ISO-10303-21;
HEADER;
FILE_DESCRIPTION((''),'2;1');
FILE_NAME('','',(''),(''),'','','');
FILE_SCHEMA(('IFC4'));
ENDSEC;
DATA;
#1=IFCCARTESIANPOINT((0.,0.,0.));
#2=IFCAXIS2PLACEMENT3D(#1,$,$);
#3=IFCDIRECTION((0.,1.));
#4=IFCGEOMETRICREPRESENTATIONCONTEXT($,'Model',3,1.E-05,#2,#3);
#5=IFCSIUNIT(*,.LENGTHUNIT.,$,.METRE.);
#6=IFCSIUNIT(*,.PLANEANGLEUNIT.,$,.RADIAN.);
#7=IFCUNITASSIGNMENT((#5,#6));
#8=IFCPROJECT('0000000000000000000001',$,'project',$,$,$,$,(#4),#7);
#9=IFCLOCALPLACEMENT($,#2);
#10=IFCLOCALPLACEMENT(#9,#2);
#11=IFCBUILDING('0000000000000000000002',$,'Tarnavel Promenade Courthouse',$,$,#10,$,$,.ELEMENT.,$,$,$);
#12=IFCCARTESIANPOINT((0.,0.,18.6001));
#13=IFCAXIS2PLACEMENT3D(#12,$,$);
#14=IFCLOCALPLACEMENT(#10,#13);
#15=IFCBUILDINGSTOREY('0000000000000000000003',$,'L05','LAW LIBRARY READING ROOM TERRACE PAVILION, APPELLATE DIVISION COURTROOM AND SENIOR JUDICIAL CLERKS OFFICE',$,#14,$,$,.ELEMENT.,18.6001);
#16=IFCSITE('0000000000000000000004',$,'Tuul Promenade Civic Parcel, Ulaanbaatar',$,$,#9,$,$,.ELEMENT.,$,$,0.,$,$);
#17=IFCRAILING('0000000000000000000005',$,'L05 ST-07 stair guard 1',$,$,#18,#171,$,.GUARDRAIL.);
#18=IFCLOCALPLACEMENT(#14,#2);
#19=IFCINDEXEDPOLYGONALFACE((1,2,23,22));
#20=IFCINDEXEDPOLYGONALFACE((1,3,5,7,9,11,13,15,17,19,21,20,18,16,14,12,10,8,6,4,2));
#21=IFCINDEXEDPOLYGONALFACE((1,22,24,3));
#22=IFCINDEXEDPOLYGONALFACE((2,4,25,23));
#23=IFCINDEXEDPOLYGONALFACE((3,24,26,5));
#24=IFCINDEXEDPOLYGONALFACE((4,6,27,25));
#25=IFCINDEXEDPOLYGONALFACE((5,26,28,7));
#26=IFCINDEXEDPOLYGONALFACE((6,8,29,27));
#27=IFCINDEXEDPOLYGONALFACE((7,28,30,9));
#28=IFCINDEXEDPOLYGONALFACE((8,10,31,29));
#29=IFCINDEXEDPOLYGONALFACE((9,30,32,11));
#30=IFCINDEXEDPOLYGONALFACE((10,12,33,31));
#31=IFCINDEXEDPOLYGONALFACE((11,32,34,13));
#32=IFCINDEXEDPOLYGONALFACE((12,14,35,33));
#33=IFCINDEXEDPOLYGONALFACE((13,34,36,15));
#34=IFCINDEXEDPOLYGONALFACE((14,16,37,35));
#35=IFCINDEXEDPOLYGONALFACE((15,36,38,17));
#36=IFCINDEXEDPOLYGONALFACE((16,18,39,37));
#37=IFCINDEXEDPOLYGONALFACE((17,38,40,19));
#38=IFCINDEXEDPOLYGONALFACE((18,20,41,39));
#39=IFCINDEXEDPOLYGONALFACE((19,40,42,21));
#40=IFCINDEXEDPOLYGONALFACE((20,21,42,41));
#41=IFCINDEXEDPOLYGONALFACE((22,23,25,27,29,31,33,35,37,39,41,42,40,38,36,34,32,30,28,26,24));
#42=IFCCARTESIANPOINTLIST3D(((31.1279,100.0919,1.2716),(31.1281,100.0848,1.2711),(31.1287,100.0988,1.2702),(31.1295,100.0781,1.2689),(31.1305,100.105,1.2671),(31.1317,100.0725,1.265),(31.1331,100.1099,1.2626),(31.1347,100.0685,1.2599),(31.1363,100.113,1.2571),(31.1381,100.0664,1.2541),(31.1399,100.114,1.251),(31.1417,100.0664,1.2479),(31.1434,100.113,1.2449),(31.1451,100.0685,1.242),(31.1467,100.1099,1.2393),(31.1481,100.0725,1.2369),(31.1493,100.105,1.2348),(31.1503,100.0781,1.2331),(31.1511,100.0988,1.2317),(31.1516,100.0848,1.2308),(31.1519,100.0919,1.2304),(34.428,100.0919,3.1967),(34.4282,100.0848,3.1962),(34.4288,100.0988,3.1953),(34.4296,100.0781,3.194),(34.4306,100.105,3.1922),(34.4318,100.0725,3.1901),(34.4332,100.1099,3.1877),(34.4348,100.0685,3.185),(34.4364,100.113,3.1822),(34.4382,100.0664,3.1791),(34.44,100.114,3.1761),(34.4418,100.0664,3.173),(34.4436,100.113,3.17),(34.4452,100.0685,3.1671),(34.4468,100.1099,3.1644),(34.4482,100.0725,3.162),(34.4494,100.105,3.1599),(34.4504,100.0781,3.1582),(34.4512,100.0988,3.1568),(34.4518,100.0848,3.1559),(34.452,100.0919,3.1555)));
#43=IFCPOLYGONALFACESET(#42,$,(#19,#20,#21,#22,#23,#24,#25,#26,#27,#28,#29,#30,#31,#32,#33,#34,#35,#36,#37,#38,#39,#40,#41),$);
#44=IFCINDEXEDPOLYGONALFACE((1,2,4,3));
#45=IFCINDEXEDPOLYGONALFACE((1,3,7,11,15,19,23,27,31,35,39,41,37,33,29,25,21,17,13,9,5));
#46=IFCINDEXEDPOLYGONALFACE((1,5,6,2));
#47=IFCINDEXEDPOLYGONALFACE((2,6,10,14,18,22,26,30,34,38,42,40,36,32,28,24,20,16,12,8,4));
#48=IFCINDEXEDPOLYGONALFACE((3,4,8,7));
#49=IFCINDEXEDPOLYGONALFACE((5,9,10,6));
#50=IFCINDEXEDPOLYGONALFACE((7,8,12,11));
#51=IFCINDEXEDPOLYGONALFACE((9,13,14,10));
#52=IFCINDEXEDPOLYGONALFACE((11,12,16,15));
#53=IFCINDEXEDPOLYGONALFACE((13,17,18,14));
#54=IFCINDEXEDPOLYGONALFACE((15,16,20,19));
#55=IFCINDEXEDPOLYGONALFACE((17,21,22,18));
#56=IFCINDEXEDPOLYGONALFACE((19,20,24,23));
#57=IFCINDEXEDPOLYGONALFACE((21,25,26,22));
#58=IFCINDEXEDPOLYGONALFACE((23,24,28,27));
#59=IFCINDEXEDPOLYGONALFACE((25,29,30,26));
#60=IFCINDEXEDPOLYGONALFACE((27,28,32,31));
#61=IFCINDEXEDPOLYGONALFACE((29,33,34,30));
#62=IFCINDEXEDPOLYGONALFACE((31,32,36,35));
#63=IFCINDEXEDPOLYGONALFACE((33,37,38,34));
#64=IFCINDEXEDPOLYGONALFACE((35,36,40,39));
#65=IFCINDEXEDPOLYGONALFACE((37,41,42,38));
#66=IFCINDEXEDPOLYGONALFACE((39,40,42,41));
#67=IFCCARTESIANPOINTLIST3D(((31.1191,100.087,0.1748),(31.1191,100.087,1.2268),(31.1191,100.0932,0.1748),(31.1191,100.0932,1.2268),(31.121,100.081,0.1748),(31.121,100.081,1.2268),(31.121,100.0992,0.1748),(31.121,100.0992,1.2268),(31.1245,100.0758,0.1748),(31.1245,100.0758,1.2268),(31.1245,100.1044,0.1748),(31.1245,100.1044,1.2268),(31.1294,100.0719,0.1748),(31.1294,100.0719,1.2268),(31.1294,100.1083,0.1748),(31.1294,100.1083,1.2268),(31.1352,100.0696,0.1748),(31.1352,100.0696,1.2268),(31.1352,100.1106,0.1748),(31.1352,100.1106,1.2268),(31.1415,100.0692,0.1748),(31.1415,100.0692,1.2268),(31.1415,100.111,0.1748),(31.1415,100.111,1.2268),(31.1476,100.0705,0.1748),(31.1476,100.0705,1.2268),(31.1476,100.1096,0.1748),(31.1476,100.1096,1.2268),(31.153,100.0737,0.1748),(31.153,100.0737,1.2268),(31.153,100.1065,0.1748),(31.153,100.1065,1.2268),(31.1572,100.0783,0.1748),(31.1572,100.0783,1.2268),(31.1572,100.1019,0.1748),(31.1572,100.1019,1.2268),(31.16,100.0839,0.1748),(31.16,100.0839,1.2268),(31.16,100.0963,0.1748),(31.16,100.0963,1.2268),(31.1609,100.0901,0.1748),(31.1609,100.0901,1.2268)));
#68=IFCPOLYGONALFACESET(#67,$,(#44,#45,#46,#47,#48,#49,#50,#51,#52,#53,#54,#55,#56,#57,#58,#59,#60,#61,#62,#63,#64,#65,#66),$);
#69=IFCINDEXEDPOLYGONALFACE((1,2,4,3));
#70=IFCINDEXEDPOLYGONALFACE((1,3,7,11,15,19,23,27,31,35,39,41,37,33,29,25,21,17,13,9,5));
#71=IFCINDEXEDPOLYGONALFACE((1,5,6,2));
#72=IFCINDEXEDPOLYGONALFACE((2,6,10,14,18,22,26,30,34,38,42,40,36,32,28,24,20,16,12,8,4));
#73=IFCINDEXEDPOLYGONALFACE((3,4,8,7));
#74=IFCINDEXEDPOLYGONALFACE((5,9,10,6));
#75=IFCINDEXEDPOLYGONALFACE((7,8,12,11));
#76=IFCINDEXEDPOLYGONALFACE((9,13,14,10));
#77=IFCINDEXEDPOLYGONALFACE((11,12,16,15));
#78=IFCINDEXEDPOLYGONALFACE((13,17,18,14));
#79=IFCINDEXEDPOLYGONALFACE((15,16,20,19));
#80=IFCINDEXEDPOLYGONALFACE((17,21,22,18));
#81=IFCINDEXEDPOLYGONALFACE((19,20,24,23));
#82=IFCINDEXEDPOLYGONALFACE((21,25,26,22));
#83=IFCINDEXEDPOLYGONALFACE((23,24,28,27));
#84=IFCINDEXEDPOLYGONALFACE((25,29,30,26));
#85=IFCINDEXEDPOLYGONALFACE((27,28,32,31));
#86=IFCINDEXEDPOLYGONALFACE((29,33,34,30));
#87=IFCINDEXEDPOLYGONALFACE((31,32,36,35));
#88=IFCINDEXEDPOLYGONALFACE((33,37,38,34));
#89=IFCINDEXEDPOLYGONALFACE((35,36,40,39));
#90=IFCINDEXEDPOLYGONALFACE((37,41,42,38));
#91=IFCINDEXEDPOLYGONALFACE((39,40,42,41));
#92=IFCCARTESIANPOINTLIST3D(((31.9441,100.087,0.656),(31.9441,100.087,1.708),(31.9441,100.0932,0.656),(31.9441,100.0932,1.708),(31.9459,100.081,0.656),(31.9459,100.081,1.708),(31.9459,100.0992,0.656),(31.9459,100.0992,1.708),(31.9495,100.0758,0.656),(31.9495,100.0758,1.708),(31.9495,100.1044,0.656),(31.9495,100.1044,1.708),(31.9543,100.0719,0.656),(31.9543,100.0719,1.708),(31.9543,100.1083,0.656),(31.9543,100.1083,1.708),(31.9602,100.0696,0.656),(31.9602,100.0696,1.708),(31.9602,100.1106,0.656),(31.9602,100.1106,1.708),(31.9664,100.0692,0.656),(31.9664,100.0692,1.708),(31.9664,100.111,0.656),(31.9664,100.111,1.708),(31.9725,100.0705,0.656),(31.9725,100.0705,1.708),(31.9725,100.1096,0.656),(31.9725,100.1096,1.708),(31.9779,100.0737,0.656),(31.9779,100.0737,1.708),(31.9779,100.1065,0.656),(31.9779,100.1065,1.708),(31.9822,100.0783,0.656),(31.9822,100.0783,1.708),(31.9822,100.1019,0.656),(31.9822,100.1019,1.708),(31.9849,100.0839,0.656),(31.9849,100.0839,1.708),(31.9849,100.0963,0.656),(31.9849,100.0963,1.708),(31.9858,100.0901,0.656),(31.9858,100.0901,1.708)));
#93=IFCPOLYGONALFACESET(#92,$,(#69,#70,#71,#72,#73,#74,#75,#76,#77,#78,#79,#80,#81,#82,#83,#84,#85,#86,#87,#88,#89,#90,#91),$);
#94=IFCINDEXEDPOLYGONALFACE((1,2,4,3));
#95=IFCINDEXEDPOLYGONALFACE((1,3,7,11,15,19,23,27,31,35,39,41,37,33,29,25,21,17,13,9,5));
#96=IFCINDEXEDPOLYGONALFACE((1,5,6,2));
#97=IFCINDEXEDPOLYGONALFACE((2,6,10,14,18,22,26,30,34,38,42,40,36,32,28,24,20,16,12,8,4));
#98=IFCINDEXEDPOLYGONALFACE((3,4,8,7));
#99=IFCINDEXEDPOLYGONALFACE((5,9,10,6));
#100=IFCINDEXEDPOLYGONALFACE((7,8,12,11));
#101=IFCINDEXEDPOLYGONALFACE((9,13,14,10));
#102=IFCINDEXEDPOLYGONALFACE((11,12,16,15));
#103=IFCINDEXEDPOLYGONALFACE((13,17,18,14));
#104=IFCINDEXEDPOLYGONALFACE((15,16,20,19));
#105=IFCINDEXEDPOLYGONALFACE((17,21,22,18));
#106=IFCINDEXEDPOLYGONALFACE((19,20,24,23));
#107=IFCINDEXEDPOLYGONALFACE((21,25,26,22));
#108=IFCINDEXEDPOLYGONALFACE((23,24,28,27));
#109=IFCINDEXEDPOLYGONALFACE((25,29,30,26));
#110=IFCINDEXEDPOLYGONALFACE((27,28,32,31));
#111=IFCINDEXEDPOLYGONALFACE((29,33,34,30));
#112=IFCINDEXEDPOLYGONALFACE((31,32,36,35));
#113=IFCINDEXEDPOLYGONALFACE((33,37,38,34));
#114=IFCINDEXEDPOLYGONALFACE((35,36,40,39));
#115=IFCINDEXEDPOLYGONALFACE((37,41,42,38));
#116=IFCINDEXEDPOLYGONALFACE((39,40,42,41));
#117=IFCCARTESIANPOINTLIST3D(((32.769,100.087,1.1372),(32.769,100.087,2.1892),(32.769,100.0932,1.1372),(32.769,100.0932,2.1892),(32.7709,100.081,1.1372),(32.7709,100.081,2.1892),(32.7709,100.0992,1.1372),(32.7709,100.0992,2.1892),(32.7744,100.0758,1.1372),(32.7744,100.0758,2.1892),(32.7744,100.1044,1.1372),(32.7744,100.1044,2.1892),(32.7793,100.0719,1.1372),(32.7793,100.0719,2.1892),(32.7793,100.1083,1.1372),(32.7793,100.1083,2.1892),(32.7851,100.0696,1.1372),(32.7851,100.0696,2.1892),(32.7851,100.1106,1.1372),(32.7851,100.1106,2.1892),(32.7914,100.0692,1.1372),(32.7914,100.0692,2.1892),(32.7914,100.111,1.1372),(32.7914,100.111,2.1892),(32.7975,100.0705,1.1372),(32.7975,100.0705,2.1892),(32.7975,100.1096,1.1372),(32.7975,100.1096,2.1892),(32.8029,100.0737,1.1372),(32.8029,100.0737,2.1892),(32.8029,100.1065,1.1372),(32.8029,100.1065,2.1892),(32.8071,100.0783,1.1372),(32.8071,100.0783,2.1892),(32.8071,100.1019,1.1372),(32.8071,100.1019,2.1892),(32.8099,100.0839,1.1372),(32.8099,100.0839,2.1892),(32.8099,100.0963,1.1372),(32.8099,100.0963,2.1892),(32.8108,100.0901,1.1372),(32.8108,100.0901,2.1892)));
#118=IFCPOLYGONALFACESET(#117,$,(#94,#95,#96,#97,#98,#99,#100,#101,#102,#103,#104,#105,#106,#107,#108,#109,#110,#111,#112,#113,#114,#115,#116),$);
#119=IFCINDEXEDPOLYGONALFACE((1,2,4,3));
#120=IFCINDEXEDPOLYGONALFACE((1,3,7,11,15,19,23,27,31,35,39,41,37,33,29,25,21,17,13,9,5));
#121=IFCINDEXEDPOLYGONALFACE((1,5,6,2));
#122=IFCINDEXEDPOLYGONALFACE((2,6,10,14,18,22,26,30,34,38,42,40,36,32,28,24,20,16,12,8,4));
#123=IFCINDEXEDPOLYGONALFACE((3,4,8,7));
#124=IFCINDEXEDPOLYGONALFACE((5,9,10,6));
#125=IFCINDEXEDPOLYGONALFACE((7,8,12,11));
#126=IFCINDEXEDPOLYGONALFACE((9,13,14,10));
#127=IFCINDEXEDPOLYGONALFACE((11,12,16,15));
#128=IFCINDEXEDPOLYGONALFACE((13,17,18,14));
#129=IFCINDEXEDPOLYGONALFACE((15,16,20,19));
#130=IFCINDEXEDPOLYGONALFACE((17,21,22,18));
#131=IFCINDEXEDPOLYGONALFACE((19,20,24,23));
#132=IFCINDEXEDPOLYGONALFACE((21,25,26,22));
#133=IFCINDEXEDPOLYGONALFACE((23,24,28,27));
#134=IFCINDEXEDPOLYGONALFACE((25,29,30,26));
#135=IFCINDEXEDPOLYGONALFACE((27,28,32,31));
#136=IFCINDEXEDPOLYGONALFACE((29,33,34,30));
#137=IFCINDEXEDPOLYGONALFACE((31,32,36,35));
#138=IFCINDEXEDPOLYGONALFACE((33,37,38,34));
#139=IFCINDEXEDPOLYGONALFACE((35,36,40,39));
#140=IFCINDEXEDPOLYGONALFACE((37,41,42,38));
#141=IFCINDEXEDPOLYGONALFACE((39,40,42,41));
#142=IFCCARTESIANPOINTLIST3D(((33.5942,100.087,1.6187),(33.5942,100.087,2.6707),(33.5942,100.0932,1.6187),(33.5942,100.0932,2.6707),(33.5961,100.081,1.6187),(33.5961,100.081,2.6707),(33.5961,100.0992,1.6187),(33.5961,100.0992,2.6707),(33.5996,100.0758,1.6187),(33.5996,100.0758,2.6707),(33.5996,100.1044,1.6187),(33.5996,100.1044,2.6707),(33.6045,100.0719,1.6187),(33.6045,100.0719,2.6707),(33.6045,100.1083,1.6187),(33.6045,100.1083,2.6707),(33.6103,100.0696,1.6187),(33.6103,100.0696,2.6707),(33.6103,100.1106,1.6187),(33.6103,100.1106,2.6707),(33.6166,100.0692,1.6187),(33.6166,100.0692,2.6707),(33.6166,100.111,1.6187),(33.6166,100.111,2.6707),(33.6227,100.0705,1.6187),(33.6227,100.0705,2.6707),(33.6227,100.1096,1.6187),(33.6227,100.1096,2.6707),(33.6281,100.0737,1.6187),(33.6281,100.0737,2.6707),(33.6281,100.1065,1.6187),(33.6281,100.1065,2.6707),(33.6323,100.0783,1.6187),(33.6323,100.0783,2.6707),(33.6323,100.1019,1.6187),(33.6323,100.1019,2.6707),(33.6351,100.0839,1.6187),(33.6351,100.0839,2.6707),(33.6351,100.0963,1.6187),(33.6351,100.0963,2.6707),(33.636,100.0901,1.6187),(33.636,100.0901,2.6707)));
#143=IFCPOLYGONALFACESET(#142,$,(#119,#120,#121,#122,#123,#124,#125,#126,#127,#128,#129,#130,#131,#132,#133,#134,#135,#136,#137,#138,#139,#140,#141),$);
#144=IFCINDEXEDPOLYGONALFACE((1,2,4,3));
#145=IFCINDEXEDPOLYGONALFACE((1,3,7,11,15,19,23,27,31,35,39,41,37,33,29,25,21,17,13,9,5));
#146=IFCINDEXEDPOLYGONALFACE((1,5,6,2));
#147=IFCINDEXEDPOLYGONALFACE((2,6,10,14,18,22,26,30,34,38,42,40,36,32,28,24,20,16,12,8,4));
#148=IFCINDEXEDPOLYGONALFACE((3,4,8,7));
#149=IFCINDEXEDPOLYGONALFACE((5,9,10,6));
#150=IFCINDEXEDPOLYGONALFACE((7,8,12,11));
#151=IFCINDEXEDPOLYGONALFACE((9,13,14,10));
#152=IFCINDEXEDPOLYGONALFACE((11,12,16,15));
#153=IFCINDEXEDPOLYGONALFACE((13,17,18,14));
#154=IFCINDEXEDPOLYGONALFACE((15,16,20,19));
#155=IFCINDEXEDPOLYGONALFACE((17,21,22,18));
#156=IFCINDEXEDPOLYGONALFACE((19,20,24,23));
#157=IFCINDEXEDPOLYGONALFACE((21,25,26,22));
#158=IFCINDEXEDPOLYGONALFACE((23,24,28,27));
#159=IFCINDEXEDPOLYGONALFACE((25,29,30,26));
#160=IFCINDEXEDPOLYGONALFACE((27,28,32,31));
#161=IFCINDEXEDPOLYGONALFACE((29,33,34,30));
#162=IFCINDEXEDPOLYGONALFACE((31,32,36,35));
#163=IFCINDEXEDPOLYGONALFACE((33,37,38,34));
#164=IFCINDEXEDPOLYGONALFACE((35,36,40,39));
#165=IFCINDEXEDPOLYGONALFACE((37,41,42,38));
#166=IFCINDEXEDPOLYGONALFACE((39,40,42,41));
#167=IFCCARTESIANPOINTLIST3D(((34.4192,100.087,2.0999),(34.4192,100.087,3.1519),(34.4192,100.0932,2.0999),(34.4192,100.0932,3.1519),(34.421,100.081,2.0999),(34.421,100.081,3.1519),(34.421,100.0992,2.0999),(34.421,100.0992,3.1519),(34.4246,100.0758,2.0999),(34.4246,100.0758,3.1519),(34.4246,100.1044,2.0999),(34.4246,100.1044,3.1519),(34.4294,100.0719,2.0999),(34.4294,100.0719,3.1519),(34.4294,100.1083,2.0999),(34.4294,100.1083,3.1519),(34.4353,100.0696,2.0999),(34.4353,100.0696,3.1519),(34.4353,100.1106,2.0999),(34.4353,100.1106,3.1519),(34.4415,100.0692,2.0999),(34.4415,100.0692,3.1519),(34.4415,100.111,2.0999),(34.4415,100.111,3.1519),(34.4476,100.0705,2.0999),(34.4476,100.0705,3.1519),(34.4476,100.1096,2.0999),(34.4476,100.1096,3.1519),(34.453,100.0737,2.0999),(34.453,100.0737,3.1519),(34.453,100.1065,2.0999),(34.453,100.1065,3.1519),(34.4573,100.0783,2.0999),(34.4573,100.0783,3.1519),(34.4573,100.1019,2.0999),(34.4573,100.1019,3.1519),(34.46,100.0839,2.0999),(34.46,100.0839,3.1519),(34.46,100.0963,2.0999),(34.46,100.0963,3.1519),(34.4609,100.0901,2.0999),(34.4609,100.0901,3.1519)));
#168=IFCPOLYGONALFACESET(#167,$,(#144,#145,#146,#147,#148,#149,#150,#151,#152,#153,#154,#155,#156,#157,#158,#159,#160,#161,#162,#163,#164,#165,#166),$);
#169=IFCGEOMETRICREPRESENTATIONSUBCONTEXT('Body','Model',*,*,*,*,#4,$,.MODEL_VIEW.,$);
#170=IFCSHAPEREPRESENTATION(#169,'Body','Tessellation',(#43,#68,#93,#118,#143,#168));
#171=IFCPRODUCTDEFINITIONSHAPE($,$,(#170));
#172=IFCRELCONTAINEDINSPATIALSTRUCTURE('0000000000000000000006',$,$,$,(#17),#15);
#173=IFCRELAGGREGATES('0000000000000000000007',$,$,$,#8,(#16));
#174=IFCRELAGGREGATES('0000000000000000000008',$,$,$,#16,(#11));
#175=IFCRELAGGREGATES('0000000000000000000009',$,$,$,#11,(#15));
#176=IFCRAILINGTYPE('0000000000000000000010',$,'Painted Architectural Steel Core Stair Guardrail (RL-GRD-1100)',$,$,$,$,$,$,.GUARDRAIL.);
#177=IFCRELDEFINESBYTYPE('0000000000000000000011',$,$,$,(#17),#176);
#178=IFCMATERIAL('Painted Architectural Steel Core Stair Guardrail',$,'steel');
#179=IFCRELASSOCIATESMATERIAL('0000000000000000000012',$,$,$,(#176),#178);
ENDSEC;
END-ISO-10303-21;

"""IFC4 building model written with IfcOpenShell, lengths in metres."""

from ifc_helpers import new_model, si_unit, direction, frame, origin, origin_2d, place, context, subcontext, project, spatial, circle, extrude, material, type_object, element, save


model = new_model("IFC4")

# Units and contexts
model_context = context("Model", 3, precision=1e-05, world=origin(), true_north=direction((0.0, 1.0)))
body_context = subcontext(model_context, "Body", "Model", "MODEL_VIEW")
ifc_project = project(units=[si_unit("LENGTHUNIT", "METRE"), si_unit("PLANEANGLEUNIT", "RADIAN")], contexts=[model_context])

# Site, building, storey
site_placement = place(None, origin())
site = spatial("IfcSite", under=ifc_project, at=site_placement, Name="Tuul Promenade Civic Parcel, Ulaanbaatar", CompositionType="ELEMENT", RefElevation=0.0)
building_placement = place(site_placement, origin())
building = spatial("IfcBuilding", under=site, at=building_placement, Name="Tarnavel Promenade Courthouse", CompositionType="ELEMENT")
storey_placement = place(building_placement, frame((0.0, 0.0, 18.6001)))
storey = spatial("IfcBuildingStorey", under=building, at=storey_placement, Name="L05", Description="LAW LIBRARY READING ROOM TERRACE PAVILION, APPELLATE DIVISION COURTROOM AND SENIOR JUDICIAL CLERKS OFFICE", CompositionType="ELEMENT", Elevation=18.6001)

# Railing
ifc_material_1 = material(Name="Painted Architectural Steel Core Stair Guardrail", Category="steel")
railing_type_1 = type_object("IfcRailingType", Name="Painted Architectural Steel Core Stair Guardrail (RL-GRD-1100)", PredefinedType="GUARDRAIL", material=ifc_material_1)
railing_1_placement = place(storey_placement, frame((31.1399, 100.0901, 0.1748)))
element("IfcRailing", 1, at=railing_1_placement, inside=storey, type_object=railing_type_1, Name="L05 ST-07 stair guard 1", PredefinedType="GUARDRAIL", context=body_context, shape_type="SweptSolid", body=[
    extrude(circle(Radius=0.0239, at=origin_2d()), frame((0.0, 0.0, 1.0762), z_axis=(0.863777, 0.0, 0.503875), x_axis=(0.0, 1.0, 0.0)), (0.0, 0.0, 1.0), 3.8206),
    extrude(circle(Radius=0.021, at=origin_2d()), origin(), (0.0, 0.0, 1.0), 1.052),
    extrude(circle(Radius=0.021, at=origin_2d()), frame((0.825, 0.0, 0.4812)), (0.0, 0.0, 1.0), 1.052),
    extrude(circle(Radius=0.021, at=origin_2d()), frame((1.6499, 0.0, 0.9624)), (0.0, 0.0, 1.0), 1.052),
    extrude(circle(Radius=0.021, at=origin_2d()), frame((2.4751, 0.0, 1.4438)), (0.0, 0.0, 1.0), 1.052),
    extrude(circle(Radius=0.021, at=origin_2d()), frame((3.3, 0.0, 1.925)), (0.0, 0.0, 1.0), 1.052),
])

save(model, "model.ifc")
